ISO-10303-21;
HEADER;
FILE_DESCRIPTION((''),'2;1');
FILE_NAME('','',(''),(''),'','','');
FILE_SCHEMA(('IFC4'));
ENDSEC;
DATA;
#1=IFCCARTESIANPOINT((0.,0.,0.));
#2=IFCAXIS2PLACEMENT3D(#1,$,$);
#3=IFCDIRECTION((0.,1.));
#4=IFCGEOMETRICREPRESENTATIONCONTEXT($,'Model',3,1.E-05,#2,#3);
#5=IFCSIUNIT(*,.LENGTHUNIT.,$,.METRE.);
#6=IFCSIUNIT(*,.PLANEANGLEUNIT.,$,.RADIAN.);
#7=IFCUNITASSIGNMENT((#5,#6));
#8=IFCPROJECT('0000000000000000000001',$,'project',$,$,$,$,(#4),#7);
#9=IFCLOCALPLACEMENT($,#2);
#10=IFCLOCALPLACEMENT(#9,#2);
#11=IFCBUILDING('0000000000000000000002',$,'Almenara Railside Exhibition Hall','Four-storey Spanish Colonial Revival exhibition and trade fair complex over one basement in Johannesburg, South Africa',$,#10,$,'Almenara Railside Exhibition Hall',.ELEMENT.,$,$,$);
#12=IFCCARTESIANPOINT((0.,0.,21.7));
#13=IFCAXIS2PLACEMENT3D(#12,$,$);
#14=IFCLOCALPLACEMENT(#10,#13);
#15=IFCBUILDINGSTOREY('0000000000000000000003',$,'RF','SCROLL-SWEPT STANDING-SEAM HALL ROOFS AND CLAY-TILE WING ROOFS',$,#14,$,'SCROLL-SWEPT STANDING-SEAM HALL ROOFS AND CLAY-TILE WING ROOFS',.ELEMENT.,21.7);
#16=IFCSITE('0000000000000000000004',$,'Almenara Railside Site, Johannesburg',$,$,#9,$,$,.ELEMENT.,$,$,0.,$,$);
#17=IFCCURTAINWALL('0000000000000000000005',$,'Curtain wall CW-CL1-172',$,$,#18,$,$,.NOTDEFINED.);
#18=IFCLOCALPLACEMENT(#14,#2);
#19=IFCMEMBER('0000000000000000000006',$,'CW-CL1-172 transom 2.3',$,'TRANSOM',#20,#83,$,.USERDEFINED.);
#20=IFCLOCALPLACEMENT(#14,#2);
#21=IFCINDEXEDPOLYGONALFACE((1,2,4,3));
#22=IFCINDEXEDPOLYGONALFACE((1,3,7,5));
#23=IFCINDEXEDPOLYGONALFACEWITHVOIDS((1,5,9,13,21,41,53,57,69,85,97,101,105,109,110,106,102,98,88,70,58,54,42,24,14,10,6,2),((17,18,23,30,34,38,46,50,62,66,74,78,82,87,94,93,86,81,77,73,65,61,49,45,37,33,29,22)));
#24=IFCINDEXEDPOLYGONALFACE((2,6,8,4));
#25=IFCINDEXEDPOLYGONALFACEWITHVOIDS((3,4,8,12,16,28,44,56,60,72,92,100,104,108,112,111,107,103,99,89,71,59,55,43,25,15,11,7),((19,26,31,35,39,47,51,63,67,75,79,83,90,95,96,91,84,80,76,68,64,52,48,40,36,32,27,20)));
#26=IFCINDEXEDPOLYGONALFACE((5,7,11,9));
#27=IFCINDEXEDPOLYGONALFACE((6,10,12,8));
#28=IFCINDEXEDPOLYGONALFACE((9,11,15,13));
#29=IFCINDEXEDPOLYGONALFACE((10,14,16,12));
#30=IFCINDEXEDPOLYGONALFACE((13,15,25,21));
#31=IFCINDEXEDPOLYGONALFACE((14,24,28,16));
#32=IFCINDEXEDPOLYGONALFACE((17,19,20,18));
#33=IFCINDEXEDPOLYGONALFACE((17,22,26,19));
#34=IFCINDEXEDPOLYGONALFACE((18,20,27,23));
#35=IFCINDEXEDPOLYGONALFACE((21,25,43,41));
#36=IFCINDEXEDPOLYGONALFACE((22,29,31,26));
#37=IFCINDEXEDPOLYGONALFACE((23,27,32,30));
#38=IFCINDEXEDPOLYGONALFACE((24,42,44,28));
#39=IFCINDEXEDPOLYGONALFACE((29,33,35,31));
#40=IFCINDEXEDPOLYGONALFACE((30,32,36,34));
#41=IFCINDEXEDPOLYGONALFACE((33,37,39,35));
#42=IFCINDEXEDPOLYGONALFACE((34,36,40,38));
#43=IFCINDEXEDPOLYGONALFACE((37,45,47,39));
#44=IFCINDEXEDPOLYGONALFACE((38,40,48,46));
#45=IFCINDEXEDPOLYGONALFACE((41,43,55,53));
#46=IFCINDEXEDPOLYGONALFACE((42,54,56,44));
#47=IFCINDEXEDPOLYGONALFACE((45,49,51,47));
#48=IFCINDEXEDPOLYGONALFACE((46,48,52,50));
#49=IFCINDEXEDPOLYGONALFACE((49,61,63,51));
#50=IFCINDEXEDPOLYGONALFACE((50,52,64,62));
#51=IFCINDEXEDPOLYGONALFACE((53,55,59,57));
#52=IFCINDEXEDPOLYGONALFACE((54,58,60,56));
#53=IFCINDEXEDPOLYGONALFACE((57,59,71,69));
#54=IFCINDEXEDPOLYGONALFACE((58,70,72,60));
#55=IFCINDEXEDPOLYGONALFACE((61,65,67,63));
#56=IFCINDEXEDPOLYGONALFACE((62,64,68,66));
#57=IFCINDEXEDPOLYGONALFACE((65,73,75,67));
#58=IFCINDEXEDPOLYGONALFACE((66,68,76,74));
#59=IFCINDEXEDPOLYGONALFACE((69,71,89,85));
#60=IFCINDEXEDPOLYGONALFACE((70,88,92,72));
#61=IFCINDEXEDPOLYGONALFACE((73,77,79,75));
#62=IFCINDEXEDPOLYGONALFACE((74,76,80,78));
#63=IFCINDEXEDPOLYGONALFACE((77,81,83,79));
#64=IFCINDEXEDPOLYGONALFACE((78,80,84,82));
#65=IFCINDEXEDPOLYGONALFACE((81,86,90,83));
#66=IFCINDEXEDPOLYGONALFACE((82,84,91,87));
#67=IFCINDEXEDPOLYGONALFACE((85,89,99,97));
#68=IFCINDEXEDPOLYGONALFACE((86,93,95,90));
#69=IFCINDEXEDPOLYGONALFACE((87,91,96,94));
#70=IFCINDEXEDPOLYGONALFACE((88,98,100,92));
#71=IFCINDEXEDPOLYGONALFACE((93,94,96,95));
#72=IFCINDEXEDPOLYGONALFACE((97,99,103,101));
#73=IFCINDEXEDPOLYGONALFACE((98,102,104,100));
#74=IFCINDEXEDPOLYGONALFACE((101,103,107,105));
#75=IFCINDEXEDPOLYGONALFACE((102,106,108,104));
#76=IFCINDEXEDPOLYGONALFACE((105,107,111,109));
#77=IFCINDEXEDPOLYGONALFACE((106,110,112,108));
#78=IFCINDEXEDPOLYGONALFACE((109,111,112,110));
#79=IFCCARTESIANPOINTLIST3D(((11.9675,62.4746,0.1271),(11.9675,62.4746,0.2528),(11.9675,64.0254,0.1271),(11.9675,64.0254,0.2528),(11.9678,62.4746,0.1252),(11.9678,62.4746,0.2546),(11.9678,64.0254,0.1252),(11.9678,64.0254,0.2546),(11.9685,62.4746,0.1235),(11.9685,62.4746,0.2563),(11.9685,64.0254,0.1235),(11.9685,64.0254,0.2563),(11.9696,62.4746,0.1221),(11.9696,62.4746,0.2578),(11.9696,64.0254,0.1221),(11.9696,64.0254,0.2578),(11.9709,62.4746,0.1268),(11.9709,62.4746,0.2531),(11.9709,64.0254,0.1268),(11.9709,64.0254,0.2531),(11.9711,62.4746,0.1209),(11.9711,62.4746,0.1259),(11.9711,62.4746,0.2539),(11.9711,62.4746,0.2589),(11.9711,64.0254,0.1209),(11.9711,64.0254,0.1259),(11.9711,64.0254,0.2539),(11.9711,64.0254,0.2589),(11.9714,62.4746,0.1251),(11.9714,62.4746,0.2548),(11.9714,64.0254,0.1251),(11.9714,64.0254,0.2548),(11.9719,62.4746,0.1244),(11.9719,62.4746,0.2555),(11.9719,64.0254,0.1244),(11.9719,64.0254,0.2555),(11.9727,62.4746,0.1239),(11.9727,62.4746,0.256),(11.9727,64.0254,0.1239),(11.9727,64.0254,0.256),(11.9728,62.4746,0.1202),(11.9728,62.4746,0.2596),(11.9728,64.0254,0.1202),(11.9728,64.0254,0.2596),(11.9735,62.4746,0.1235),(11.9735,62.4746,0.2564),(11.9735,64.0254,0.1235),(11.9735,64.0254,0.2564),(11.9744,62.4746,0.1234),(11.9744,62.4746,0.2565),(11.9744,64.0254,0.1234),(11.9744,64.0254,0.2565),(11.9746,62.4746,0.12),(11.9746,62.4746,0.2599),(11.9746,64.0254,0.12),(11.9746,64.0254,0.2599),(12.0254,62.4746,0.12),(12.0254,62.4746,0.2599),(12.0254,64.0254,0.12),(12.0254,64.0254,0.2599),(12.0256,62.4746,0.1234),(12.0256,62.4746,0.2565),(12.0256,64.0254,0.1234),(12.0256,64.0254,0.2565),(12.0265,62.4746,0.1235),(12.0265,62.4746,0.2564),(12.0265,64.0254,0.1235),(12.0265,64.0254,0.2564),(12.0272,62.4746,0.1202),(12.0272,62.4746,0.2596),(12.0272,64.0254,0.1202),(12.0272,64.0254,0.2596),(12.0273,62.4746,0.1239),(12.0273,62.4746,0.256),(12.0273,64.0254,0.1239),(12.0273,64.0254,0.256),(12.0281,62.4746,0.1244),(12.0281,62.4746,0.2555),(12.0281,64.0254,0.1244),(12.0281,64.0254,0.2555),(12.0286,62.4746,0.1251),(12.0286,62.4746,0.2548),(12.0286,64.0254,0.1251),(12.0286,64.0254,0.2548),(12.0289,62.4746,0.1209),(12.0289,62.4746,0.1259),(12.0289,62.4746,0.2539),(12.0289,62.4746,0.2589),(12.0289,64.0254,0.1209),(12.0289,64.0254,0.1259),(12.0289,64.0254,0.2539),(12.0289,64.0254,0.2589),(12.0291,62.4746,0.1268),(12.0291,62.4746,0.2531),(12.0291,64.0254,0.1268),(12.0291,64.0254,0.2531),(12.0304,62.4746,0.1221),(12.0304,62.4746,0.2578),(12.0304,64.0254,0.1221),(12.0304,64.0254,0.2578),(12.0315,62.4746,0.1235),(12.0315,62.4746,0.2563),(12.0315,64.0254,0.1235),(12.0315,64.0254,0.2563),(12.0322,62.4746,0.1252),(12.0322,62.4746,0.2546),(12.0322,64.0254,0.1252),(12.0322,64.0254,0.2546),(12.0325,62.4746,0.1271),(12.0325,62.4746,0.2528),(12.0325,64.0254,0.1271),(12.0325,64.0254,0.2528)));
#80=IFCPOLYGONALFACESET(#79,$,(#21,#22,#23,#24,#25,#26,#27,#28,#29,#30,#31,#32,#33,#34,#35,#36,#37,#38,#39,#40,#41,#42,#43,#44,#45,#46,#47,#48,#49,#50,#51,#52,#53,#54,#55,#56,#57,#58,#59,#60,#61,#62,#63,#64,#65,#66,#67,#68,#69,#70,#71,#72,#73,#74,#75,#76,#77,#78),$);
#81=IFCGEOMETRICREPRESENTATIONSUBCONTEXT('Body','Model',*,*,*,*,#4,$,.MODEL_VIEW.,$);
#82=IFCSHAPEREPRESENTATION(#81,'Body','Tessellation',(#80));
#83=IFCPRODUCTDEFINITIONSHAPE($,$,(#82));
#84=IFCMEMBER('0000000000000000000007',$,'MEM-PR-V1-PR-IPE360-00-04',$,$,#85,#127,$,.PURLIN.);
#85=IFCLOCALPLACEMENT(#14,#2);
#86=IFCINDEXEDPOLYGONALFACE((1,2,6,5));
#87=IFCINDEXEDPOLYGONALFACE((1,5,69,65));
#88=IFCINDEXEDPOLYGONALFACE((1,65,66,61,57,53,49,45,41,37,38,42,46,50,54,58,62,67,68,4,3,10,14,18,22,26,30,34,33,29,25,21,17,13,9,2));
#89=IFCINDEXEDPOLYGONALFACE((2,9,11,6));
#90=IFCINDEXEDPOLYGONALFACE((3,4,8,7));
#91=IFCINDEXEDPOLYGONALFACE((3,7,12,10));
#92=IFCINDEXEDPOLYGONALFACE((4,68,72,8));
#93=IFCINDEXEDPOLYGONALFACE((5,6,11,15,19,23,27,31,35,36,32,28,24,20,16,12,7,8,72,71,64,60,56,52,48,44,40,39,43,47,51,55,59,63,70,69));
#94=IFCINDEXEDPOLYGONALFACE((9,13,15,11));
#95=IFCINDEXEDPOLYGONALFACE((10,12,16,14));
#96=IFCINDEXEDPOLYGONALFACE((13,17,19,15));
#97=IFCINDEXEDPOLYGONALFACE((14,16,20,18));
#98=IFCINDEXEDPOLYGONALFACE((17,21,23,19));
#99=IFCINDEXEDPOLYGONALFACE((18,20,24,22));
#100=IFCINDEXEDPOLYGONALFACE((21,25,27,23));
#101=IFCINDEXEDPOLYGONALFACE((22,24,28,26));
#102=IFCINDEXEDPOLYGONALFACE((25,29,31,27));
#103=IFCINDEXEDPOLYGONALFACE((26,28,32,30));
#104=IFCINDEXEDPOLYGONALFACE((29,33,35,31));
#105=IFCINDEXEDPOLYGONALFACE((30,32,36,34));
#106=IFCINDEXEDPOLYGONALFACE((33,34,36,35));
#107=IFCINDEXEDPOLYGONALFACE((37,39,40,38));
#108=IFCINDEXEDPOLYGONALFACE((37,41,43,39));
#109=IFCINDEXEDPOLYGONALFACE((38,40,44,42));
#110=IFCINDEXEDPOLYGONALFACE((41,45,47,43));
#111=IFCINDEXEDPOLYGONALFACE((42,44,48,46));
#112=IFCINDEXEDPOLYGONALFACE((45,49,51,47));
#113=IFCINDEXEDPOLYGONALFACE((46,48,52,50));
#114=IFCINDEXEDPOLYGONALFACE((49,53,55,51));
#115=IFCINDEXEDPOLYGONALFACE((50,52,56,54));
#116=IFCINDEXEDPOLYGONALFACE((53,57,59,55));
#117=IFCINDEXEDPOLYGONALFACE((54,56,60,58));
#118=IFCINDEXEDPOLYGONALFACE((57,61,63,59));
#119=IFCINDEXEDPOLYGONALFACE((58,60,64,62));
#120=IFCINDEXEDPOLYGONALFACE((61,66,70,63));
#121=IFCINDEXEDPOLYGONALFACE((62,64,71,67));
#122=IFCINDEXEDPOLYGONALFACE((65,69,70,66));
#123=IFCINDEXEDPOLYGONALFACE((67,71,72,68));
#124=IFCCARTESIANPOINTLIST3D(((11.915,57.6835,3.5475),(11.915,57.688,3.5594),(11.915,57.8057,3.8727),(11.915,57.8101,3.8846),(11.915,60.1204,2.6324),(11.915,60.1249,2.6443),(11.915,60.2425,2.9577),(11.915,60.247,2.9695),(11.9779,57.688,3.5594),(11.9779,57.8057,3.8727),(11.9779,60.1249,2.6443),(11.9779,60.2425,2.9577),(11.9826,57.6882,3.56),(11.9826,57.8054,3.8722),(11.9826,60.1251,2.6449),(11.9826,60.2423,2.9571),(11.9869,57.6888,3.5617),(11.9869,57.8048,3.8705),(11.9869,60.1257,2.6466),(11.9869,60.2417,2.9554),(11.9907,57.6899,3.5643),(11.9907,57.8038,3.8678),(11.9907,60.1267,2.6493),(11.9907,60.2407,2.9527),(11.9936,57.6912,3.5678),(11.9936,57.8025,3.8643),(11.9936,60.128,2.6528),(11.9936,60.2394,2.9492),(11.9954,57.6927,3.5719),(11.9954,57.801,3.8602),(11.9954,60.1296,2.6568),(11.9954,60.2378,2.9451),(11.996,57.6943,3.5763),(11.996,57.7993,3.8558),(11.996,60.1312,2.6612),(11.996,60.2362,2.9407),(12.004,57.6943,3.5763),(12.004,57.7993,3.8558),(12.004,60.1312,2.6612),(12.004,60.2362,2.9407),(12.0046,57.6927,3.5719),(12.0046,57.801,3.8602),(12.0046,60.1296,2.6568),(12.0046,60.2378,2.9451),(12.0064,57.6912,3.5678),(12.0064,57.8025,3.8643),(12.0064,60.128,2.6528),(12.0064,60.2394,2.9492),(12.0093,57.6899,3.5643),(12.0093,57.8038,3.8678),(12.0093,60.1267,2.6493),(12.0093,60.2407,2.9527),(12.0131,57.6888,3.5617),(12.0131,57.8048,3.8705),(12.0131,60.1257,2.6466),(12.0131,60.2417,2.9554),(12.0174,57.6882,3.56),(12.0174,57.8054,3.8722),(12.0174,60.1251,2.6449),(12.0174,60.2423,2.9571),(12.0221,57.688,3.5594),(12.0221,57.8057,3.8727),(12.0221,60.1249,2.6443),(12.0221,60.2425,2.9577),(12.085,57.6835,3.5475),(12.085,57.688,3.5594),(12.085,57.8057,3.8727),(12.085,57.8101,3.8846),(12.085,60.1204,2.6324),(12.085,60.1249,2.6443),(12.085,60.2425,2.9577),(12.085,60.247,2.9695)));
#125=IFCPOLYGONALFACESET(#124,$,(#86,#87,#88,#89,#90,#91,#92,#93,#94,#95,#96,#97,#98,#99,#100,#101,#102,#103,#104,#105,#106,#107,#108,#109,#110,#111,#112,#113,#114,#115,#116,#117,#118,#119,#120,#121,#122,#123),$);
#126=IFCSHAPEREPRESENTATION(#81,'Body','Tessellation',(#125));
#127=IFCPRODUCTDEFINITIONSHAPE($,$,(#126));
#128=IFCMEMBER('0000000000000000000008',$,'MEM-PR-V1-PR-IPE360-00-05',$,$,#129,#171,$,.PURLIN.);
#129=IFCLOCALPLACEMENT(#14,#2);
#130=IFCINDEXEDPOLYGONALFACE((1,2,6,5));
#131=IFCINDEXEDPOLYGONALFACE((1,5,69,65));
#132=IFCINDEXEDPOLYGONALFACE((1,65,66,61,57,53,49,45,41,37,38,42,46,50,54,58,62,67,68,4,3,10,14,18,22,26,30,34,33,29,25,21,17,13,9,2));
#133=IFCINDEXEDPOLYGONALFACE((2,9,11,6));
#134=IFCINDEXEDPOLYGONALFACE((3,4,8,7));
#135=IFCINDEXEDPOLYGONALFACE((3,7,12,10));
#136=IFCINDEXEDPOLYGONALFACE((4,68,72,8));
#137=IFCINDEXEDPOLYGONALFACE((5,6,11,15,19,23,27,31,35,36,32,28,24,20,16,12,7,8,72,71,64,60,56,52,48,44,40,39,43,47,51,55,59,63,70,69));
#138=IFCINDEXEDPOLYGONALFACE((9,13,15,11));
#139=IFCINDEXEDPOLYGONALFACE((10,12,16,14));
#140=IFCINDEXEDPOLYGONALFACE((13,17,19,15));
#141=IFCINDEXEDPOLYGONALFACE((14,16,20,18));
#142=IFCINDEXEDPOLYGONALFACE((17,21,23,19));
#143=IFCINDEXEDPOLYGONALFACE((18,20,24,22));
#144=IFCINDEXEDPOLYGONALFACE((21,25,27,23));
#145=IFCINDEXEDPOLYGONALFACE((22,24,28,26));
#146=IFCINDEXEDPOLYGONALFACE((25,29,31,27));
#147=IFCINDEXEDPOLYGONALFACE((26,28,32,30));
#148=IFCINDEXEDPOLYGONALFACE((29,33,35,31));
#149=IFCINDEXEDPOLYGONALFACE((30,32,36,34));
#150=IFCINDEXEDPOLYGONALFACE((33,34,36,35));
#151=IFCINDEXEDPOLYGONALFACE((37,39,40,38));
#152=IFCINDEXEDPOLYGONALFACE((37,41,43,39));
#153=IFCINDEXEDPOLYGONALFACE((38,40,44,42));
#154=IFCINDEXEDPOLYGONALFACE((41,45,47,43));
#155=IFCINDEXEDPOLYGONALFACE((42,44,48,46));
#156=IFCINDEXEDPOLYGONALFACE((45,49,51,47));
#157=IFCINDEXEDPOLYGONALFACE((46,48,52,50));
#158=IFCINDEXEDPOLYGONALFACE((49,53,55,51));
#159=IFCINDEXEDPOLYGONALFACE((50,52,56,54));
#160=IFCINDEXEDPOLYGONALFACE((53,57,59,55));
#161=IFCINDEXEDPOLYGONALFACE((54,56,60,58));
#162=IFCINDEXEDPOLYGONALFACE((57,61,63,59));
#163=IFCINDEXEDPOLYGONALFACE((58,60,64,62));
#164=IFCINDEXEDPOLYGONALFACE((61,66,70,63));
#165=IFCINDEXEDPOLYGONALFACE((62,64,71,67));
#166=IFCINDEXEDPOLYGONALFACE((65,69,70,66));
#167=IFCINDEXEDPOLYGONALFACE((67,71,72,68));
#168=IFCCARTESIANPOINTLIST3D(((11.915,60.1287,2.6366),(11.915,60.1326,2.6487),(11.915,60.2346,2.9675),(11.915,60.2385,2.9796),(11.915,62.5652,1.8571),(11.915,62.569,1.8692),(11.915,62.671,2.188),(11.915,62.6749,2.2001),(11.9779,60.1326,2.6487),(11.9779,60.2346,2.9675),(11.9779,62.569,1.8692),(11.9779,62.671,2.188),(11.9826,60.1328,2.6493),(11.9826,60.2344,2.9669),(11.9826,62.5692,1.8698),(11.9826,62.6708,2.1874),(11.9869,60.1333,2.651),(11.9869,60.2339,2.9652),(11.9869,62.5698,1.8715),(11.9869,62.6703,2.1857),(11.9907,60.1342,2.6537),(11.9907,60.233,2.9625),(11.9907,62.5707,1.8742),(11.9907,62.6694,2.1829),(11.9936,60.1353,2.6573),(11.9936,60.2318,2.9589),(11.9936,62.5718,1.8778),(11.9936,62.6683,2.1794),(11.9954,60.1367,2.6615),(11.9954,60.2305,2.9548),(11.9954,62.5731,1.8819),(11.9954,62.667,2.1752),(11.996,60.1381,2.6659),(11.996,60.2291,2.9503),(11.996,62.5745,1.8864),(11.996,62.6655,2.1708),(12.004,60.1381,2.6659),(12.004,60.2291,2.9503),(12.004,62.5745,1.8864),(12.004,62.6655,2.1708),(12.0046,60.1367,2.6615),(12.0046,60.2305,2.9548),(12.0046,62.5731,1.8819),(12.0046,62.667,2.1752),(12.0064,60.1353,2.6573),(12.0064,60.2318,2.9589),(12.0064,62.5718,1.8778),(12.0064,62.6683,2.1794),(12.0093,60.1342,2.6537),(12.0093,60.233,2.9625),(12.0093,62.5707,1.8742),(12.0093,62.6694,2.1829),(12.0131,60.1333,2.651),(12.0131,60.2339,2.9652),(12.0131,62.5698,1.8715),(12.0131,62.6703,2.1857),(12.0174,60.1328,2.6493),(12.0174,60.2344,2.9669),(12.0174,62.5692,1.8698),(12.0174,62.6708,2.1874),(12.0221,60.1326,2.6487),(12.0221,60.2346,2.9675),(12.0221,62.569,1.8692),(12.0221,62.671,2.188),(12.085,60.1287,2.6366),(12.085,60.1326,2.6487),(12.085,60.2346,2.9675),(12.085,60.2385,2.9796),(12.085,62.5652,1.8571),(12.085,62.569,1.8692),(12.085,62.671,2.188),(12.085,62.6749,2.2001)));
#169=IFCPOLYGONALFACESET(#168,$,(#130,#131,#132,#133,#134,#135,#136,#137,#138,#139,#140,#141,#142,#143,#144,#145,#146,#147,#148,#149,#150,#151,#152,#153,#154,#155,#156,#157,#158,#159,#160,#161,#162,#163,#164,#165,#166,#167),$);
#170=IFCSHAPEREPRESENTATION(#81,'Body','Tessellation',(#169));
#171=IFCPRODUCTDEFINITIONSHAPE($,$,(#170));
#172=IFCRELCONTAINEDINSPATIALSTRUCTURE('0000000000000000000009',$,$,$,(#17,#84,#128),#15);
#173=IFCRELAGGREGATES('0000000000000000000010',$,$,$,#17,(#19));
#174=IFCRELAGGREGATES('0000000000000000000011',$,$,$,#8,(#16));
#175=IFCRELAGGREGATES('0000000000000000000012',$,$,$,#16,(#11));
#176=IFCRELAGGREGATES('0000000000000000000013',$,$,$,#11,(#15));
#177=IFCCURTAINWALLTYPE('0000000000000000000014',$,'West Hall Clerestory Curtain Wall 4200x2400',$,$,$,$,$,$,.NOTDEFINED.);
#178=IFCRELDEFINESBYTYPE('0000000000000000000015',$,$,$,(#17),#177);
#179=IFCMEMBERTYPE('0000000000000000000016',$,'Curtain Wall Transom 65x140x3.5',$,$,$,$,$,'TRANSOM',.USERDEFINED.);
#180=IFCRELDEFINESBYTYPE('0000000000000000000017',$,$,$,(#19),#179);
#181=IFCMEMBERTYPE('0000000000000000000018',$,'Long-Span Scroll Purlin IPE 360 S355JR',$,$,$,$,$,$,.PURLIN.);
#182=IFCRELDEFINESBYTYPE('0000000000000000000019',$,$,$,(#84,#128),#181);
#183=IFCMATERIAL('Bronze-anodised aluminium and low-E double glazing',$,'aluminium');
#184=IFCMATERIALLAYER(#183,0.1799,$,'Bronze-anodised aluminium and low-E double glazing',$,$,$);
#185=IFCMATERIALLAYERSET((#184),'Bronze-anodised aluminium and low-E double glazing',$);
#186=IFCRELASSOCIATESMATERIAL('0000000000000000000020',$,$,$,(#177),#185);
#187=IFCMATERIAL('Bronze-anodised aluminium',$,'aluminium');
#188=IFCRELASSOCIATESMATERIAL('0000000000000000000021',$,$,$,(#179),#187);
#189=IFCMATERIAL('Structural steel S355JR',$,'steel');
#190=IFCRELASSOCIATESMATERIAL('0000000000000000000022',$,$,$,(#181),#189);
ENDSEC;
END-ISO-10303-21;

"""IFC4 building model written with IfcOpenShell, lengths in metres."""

from ifc_helpers import new_model, si_unit, direction, frame, origin, origin_2d, place, context, subcontext, project, spatial, hollow_rectangle, i_section, extrude, material, layer, layer_set, material_profile, profile_set, type_object, element, aggregate, save


model = new_model("IFC4")

# Units and contexts
model_context = context("Model", 3, precision=1e-05, world=origin(), true_north=direction((0.0, 1.0)))
body_context = subcontext(model_context, "Body", "Model", "MODEL_VIEW")
ifc_project = project(units=[si_unit("LENGTHUNIT", "METRE"), si_unit("PLANEANGLEUNIT", "RADIAN")], contexts=[model_context])

# Site, building, storey
site_placement = place(None, origin())
site = spatial("IfcSite", under=ifc_project, at=site_placement, Name="Almenara Railside Site, Johannesburg", CompositionType="ELEMENT", RefElevation=0.0)
building_placement = place(site_placement, origin())
building = spatial("IfcBuilding", under=site, at=building_placement, Name="Almenara Railside Exhibition Hall", Description="Four-storey Spanish Colonial Revival exhibition and trade fair complex over one basement in Johannesburg, South Africa", LongName="Almenara Railside Exhibition Hall", CompositionType="ELEMENT")
storey_placement = place(building_placement, frame((0.0, 0.0, 21.7)))
storey = spatial("IfcBuildingStorey", under=building, at=storey_placement, Name="RF", Description="SCROLL-SWEPT STANDING-SEAM HALL ROOFS AND CLAY-TILE WING ROOFS", LongName="SCROLL-SWEPT STANDING-SEAM HALL ROOFS AND CLAY-TILE WING ROOFS", CompositionType="ELEMENT", Elevation=21.7)

# Shared definitions
ifc_material_1 = material(Name="Structural steel S355JR", Category="steel")

# Curtain wall
ifc_material_2 = material(Name="Bronze-anodised aluminium and low-E double glazing", Category="aluminium")
ifc_layer_1 = layer(ifc_material_2, 0.1799, Name="Bronze-anodised aluminium and low-E double glazing")
ifc_layer_set_1 = layer_set([ifc_layer_1], Name="Bronze-anodised aluminium and low-E double glazing")
curtain_wall_type = type_object("IfcCurtainWallType", Name="West Hall Clerestory Curtain Wall 4200x2400", PredefinedType="NOTDEFINED", material=ifc_layer_set_1)
ifc_material_3 = material(Name="Bronze-anodised aluminium", Category="aluminium")
curtain_wall_1_placement = place(storey_placement, origin())
curtain_wall_1 = element("IfcCurtainWall", 1, at=curtain_wall_1_placement, inside=storey, type_object=curtain_wall_type, Name="Curtain wall CW-CL1-172", PredefinedType="NOTDEFINED")

# Member
ifc_material_profile_1 = material_profile(ifc_material_3, hollow_rectangle(XDim=0.0649, YDim=0.1399, WallThickness=0.0034, InnerFilletRadius=0.0034, OuterFilletRadius=0.0071, at=origin_2d()), Name="ALU-TRN 65x140x3.5")
ifc_profile_set_1 = profile_set([ifc_material_profile_1], Name="Bronze-anodised aluminium")
member_type_1 = type_object("IfcMemberType", Name="Curtain Wall Transom 65x140x3.5", ElementType="TRANSOM", PredefinedType="USERDEFINED", material=ifc_profile_set_1)
member_1_placement = place(storey_placement, frame((12.0, 62.4746, 0.1899), z_axis=(0.0, 1.0, 0.0), x_axis=(-1.0, 0.0, 0.0)))
member_1 = element("IfcMember", 2, at=member_1_placement, type_object=member_type_1, Name="CW-CL1-172 transom 2.3", ObjectType="TRANSOM", PredefinedType="USERDEFINED", context=body_context, shape_type="SweptSolid", body=[
    extrude(hollow_rectangle(XDim=0.0649, YDim=0.1399, WallThickness=0.0034, InnerFilletRadius=0.0034, OuterFilletRadius=0.0071, at=origin_2d()), origin(), (0.0, 0.0, 1.0), 1.5508),
])

# Members
ifc_material_profile_2 = material_profile(ifc_material_1, i_section(OverallWidth=0.1699, OverallDepth=0.3601, WebThickness=0.0081, FlangeThickness=0.0127, FilletRadius=0.0181, at=origin_2d()), Name="IPE 360")
ifc_profile_set_2 = profile_set([ifc_material_profile_2], Name="Structural steel S355JR")
member_type_2 = type_object("IfcMemberType", Name="Long-Span Scroll Purlin IPE 360 S355JR", PredefinedType="PURLIN", material=ifc_profile_set_2)
member_2_placement = place(storey_placement, frame((12.0, 57.7468, 3.7161), z_axis=(0.0, 0.936171, -0.351545), x_axis=(-1.0, 0.0, 0.0)))
element("IfcMember", 3, at=member_2_placement, inside=storey, type_object=member_type_2, Name="MEM-PR-V1-PR-IPE360-00-04", PredefinedType="PURLIN", context=body_context, shape_type="SweptSolid", body=[
    extrude(i_section(OverallWidth=0.1699, OverallDepth=0.3601, WebThickness=0.0081, FlangeThickness=0.0127, FilletRadius=0.0181, at=origin_2d()), origin(), (0.0, 0.0, 1.0), 2.603),
])
member_3_placement = place(storey_placement, frame((12.0, 60.1836, 2.8081), z_axis=(0.0, 0.952441, -0.304724), x_axis=(-1.0, 0.0, 0.0)))
element("IfcMember", 4, at=member_3_placement, inside=storey, type_object=member_type_2, Name="MEM-PR-V1-PR-IPE360-00-05", PredefinedType="PURLIN", context=body_context, shape_type="SweptSolid", body=[
    extrude(i_section(OverallWidth=0.1699, OverallDepth=0.3601, WebThickness=0.0081, FlangeThickness=0.0127, FilletRadius=0.0181, at=origin_2d()), origin(), (0.0, 0.0, 1.0), 2.5581),
])

aggregate(curtain_wall_1, [member_1])

save(model, "model.ifc")
